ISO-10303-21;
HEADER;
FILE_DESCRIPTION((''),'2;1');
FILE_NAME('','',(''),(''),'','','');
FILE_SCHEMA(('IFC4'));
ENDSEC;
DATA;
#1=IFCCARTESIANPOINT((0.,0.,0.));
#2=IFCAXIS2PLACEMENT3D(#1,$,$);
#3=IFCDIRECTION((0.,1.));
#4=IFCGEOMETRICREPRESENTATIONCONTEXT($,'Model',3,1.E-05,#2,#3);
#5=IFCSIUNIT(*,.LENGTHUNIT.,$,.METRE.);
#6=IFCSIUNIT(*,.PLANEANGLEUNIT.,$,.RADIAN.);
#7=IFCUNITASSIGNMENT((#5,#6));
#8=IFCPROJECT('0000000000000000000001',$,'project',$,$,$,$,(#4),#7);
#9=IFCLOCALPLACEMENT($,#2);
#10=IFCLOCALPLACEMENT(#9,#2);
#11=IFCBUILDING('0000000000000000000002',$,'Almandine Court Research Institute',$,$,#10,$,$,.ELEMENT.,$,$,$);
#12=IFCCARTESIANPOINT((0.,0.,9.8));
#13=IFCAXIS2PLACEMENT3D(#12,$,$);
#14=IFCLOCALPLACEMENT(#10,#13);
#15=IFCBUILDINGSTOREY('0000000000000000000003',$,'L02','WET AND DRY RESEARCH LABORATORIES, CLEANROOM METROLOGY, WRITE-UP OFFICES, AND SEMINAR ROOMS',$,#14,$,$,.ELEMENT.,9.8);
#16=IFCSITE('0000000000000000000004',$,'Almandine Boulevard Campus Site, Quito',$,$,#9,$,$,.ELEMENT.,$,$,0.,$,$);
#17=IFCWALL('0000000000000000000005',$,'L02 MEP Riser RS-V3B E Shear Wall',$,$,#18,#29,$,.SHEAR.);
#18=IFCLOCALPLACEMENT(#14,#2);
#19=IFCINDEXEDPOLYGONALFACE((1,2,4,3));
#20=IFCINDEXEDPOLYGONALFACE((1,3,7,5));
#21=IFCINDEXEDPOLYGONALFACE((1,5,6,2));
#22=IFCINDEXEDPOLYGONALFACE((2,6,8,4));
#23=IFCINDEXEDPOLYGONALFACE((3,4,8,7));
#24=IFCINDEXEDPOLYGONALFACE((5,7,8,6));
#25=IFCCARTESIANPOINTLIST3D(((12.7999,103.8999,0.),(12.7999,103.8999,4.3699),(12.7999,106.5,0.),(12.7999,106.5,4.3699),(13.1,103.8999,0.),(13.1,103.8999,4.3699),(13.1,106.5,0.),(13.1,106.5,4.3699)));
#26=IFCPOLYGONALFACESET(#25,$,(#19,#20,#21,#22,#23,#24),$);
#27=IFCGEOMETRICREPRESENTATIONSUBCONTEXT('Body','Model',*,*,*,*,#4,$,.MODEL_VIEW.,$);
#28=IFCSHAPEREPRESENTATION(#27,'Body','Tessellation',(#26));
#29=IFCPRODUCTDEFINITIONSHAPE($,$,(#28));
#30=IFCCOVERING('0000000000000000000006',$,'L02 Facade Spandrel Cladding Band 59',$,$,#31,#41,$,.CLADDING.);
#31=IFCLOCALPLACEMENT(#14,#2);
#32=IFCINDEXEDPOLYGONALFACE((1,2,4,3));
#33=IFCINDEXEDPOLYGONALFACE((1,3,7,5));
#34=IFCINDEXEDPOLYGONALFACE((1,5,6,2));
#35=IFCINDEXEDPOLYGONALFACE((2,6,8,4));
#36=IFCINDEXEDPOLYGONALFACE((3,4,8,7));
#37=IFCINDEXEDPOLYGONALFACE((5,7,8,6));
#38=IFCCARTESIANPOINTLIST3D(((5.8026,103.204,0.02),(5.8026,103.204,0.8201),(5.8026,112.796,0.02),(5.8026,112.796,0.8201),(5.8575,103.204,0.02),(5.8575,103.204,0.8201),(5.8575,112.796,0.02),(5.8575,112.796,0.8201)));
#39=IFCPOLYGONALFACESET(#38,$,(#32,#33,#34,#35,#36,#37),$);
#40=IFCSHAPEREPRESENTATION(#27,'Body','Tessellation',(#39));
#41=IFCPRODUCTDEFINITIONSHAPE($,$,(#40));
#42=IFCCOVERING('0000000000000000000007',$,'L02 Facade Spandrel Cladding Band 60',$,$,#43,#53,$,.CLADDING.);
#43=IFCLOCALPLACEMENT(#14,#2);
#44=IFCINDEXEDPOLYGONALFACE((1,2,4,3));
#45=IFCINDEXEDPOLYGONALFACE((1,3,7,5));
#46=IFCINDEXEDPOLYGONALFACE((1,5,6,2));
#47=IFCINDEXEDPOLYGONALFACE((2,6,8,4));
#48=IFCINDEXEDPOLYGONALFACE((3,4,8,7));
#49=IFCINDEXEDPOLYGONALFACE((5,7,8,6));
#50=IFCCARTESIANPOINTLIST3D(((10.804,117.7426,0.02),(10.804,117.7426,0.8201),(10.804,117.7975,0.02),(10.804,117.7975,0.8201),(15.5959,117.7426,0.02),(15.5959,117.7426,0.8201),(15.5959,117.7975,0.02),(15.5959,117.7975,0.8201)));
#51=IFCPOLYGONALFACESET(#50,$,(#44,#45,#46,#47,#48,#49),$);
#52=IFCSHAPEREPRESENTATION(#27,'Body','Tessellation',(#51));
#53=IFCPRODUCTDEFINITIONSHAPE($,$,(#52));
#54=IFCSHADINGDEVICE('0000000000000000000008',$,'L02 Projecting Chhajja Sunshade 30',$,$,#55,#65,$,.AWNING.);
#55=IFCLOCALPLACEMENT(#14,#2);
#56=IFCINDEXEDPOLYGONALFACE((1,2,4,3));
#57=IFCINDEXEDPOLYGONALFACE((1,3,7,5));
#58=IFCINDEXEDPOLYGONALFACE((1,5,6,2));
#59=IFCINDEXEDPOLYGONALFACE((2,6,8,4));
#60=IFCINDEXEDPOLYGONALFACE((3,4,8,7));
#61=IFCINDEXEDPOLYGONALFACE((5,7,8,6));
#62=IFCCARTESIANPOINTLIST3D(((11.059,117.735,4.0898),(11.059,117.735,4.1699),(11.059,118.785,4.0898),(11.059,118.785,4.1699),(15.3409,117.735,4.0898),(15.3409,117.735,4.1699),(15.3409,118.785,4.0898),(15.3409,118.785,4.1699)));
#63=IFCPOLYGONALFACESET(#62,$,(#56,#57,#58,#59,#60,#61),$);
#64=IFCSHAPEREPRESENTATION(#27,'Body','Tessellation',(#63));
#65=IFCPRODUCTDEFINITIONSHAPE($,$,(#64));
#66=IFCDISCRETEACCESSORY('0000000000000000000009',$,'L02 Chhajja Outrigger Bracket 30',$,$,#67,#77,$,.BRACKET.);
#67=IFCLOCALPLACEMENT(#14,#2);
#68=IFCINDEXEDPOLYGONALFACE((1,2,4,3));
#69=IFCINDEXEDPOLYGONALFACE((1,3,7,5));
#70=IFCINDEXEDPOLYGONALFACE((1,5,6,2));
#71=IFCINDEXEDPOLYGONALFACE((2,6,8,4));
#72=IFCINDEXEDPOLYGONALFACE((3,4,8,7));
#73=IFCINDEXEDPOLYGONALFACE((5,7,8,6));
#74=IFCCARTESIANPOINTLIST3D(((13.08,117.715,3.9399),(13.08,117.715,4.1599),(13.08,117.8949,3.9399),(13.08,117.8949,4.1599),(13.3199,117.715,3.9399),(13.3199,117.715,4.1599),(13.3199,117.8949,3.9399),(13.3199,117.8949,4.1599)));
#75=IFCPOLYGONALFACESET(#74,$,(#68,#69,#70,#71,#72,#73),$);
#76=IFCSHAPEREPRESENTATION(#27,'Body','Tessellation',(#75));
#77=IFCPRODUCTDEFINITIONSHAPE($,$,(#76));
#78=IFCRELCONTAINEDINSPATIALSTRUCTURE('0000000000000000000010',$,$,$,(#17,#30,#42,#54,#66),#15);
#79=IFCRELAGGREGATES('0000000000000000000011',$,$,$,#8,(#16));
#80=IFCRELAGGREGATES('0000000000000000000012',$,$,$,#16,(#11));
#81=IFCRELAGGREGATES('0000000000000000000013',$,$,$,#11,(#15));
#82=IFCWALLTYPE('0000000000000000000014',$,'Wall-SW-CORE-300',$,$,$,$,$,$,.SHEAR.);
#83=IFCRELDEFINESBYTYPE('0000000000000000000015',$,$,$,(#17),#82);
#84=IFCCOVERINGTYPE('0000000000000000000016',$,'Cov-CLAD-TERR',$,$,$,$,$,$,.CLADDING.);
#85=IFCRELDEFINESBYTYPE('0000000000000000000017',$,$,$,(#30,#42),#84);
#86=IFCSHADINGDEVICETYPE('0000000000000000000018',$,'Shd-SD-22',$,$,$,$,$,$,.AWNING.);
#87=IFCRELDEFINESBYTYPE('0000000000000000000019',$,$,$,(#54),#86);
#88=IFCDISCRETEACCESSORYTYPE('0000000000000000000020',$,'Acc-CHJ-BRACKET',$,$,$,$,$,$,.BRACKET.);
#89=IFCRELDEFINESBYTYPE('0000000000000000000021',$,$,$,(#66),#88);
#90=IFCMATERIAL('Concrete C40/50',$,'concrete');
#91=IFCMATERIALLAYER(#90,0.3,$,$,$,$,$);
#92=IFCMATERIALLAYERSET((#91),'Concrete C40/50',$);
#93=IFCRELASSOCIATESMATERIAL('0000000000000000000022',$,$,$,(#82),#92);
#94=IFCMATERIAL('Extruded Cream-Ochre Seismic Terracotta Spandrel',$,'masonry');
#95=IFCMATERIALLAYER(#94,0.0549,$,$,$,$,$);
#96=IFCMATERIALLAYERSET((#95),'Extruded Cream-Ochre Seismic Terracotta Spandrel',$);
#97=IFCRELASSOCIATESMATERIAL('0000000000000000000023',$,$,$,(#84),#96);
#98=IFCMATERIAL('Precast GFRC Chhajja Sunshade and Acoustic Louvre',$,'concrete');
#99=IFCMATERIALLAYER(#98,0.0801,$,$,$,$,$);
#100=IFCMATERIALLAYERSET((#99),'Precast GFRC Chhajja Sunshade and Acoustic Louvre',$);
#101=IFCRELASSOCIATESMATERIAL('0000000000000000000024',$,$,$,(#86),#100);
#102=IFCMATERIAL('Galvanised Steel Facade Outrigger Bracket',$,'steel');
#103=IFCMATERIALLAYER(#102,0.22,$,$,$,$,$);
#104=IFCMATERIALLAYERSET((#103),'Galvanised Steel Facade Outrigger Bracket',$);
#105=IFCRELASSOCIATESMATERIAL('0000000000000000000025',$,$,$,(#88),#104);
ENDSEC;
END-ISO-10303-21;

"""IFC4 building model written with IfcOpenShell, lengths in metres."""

from ifc_helpers import new_model, si_unit, direction, frame, frame_2d, origin, origin_2d, place, context, subcontext, project, spatial, rectangle, extrude, material, layer, layer_set, type_object, element, save


model = new_model("IFC4")

# Units and contexts
model_context = context("Model", 3, precision=1e-05, world=origin(), true_north=direction((0.0, 1.0)))
body_context = subcontext(model_context, "Body", "Model", "MODEL_VIEW")
ifc_project = project(units=[si_unit("LENGTHUNIT", "METRE"), si_unit("PLANEANGLEUNIT", "RADIAN")], contexts=[model_context])

# Site, building, storey
site_placement = place(None, origin())
site = spatial("IfcSite", under=ifc_project, at=site_placement, Name="Almandine Boulevard Campus Site, Quito", CompositionType="ELEMENT", RefElevation=0.0)
building_placement = place(site_placement, origin())
building = spatial("IfcBuilding", under=site, at=building_placement, Name="Almandine Court Research Institute", CompositionType="ELEMENT")
storey_placement = place(building_placement, frame((0.0, 0.0, 9.8)))
storey = spatial("IfcBuildingStorey", under=building, at=storey_placement, Name="L02", Description="WET AND DRY RESEARCH LABORATORIES, CLEANROOM METROLOGY, WRITE-UP OFFICES, AND SEMINAR ROOMS", CompositionType="ELEMENT", Elevation=9.8)

# Wall
ifc_material_1 = material(Name="Concrete C40/50", Category="concrete")
ifc_layer_1 = layer(ifc_material_1, 0.3)
ifc_layer_set_1 = layer_set([ifc_layer_1], Name="Concrete C40/50")
wall_type_1 = type_object("IfcWallType", Name="Wall-SW-CORE-300", PredefinedType="SHEAR", material=ifc_layer_set_1)
wall_1_placement = place(storey_placement, frame((12.95, 106.5, 0.0), z_axis=(0.0, 0.0, 1.0), x_axis=(0.0, -1.0, 0.0)))
element("IfcWall", 1, at=wall_1_placement, inside=storey, type_object=wall_type_1, Name="L02 MEP Riser RS-V3B E Shear Wall", PredefinedType="SHEAR", context=body_context, shape_type="SweptSolid", body=[
    extrude(rectangle(XDim=2.6001, YDim=0.3, at=frame_2d((1.3, 0.0))), origin(), (0.0, 0.0, 1.0), 4.3699),
])

# Coverings
ifc_material_2 = material(Name="Extruded Cream-Ochre Seismic Terracotta Spandrel", Category="masonry")
ifc_layer_2 = layer(ifc_material_2, 0.0549)
ifc_layer_set_2 = layer_set([ifc_layer_2], Name="Extruded Cream-Ochre Seismic Terracotta Spandrel")
covering_type = type_object("IfcCoveringType", Name="Cov-CLAD-TERR", PredefinedType="CLADDING", material=ifc_layer_set_2)
covering_1_placement = place(storey_placement, frame((5.8301, 108.0, 0.02), z_axis=(0.0, 0.0, 1.0), x_axis=(0.0, 1.0, 0.0)))
element("IfcCovering", 2, at=covering_1_placement, inside=storey, type_object=covering_type, Name="L02 Facade Spandrel Cladding Band 59", PredefinedType="CLADDING", context=body_context, shape_type="SweptSolid", body=[
    extrude(rectangle(XDim=9.592, YDim=0.0549, at=origin_2d()), origin(), (0.0, 0.0, 1.0), 0.8),
])
covering_2_placement = place(storey_placement, frame((13.2, 117.77, 0.02), z_axis=(0.0, 0.0, 1.0), x_axis=(1.0, 0.0, 0.0)))
element("IfcCovering", 3, at=covering_2_placement, inside=storey, type_object=covering_type, Name="L02 Facade Spandrel Cladding Band 60", PredefinedType="CLADDING", context=body_context, shape_type="SweptSolid", body=[
    extrude(rectangle(XDim=4.792, YDim=0.0549, at=origin_2d()), origin(), (0.0, 0.0, 1.0), 0.8),
])

# Shading device
ifc_material_3 = material(Name="Precast GFRC Chhajja Sunshade and Acoustic Louvre", Category="concrete")
ifc_layer_3 = layer(ifc_material_3, 0.0801)
ifc_layer_set_3 = layer_set([ifc_layer_3], Name="Precast GFRC Chhajja Sunshade and Acoustic Louvre")
shading_device_type = type_object("IfcShadingDeviceType", Name="Shd-SD-22", PredefinedType="AWNING", material=ifc_layer_set_3)
shading_device_placement = place(storey_placement, frame((13.2, 118.26, 4.0898), z_axis=(0.0, 0.0, 1.0), x_axis=(1.0, 0.0, 0.0)))
element("IfcShadingDevice", 4, at=shading_device_placement, inside=storey, type_object=shading_device_type, Name="L02 Projecting Chhajja Sunshade 30", PredefinedType="AWNING", context=body_context, shape_type="SweptSolid", body=[
    extrude(rectangle(XDim=4.282, YDim=1.05, at=origin_2d()), origin(), (0.0, 0.0, 1.0), 0.0801),
])

# Discrete accessory
ifc_material_4 = material(Name="Galvanised Steel Facade Outrigger Bracket", Category="steel")
ifc_layer_4 = layer(ifc_material_4, 0.22)
ifc_layer_set_4 = layer_set([ifc_layer_4], Name="Galvanised Steel Facade Outrigger Bracket")
discrete_accessory_type = type_object("IfcDiscreteAccessoryType", Name="Acc-CHJ-BRACKET", PredefinedType="BRACKET", material=ifc_layer_set_4)
discrete_accessory_placement = place(storey_placement, frame((13.2, 117.8049, 3.9399), z_axis=(0.0, 0.0, 1.0), x_axis=(1.0, 0.0, 0.0)))
element("IfcDiscreteAccessory", 5, at=discrete_accessory_placement, inside=storey, type_object=discrete_accessory_type, Name="L02 Chhajja Outrigger Bracket 30", PredefinedType="BRACKET", context=body_context, shape_type="SweptSolid", body=[
    extrude(rectangle(XDim=0.24, YDim=0.1799, at=origin_2d()), origin(), (0.0, 0.0, 1.0), 0.22),
])

save(model, "model.ifc")
